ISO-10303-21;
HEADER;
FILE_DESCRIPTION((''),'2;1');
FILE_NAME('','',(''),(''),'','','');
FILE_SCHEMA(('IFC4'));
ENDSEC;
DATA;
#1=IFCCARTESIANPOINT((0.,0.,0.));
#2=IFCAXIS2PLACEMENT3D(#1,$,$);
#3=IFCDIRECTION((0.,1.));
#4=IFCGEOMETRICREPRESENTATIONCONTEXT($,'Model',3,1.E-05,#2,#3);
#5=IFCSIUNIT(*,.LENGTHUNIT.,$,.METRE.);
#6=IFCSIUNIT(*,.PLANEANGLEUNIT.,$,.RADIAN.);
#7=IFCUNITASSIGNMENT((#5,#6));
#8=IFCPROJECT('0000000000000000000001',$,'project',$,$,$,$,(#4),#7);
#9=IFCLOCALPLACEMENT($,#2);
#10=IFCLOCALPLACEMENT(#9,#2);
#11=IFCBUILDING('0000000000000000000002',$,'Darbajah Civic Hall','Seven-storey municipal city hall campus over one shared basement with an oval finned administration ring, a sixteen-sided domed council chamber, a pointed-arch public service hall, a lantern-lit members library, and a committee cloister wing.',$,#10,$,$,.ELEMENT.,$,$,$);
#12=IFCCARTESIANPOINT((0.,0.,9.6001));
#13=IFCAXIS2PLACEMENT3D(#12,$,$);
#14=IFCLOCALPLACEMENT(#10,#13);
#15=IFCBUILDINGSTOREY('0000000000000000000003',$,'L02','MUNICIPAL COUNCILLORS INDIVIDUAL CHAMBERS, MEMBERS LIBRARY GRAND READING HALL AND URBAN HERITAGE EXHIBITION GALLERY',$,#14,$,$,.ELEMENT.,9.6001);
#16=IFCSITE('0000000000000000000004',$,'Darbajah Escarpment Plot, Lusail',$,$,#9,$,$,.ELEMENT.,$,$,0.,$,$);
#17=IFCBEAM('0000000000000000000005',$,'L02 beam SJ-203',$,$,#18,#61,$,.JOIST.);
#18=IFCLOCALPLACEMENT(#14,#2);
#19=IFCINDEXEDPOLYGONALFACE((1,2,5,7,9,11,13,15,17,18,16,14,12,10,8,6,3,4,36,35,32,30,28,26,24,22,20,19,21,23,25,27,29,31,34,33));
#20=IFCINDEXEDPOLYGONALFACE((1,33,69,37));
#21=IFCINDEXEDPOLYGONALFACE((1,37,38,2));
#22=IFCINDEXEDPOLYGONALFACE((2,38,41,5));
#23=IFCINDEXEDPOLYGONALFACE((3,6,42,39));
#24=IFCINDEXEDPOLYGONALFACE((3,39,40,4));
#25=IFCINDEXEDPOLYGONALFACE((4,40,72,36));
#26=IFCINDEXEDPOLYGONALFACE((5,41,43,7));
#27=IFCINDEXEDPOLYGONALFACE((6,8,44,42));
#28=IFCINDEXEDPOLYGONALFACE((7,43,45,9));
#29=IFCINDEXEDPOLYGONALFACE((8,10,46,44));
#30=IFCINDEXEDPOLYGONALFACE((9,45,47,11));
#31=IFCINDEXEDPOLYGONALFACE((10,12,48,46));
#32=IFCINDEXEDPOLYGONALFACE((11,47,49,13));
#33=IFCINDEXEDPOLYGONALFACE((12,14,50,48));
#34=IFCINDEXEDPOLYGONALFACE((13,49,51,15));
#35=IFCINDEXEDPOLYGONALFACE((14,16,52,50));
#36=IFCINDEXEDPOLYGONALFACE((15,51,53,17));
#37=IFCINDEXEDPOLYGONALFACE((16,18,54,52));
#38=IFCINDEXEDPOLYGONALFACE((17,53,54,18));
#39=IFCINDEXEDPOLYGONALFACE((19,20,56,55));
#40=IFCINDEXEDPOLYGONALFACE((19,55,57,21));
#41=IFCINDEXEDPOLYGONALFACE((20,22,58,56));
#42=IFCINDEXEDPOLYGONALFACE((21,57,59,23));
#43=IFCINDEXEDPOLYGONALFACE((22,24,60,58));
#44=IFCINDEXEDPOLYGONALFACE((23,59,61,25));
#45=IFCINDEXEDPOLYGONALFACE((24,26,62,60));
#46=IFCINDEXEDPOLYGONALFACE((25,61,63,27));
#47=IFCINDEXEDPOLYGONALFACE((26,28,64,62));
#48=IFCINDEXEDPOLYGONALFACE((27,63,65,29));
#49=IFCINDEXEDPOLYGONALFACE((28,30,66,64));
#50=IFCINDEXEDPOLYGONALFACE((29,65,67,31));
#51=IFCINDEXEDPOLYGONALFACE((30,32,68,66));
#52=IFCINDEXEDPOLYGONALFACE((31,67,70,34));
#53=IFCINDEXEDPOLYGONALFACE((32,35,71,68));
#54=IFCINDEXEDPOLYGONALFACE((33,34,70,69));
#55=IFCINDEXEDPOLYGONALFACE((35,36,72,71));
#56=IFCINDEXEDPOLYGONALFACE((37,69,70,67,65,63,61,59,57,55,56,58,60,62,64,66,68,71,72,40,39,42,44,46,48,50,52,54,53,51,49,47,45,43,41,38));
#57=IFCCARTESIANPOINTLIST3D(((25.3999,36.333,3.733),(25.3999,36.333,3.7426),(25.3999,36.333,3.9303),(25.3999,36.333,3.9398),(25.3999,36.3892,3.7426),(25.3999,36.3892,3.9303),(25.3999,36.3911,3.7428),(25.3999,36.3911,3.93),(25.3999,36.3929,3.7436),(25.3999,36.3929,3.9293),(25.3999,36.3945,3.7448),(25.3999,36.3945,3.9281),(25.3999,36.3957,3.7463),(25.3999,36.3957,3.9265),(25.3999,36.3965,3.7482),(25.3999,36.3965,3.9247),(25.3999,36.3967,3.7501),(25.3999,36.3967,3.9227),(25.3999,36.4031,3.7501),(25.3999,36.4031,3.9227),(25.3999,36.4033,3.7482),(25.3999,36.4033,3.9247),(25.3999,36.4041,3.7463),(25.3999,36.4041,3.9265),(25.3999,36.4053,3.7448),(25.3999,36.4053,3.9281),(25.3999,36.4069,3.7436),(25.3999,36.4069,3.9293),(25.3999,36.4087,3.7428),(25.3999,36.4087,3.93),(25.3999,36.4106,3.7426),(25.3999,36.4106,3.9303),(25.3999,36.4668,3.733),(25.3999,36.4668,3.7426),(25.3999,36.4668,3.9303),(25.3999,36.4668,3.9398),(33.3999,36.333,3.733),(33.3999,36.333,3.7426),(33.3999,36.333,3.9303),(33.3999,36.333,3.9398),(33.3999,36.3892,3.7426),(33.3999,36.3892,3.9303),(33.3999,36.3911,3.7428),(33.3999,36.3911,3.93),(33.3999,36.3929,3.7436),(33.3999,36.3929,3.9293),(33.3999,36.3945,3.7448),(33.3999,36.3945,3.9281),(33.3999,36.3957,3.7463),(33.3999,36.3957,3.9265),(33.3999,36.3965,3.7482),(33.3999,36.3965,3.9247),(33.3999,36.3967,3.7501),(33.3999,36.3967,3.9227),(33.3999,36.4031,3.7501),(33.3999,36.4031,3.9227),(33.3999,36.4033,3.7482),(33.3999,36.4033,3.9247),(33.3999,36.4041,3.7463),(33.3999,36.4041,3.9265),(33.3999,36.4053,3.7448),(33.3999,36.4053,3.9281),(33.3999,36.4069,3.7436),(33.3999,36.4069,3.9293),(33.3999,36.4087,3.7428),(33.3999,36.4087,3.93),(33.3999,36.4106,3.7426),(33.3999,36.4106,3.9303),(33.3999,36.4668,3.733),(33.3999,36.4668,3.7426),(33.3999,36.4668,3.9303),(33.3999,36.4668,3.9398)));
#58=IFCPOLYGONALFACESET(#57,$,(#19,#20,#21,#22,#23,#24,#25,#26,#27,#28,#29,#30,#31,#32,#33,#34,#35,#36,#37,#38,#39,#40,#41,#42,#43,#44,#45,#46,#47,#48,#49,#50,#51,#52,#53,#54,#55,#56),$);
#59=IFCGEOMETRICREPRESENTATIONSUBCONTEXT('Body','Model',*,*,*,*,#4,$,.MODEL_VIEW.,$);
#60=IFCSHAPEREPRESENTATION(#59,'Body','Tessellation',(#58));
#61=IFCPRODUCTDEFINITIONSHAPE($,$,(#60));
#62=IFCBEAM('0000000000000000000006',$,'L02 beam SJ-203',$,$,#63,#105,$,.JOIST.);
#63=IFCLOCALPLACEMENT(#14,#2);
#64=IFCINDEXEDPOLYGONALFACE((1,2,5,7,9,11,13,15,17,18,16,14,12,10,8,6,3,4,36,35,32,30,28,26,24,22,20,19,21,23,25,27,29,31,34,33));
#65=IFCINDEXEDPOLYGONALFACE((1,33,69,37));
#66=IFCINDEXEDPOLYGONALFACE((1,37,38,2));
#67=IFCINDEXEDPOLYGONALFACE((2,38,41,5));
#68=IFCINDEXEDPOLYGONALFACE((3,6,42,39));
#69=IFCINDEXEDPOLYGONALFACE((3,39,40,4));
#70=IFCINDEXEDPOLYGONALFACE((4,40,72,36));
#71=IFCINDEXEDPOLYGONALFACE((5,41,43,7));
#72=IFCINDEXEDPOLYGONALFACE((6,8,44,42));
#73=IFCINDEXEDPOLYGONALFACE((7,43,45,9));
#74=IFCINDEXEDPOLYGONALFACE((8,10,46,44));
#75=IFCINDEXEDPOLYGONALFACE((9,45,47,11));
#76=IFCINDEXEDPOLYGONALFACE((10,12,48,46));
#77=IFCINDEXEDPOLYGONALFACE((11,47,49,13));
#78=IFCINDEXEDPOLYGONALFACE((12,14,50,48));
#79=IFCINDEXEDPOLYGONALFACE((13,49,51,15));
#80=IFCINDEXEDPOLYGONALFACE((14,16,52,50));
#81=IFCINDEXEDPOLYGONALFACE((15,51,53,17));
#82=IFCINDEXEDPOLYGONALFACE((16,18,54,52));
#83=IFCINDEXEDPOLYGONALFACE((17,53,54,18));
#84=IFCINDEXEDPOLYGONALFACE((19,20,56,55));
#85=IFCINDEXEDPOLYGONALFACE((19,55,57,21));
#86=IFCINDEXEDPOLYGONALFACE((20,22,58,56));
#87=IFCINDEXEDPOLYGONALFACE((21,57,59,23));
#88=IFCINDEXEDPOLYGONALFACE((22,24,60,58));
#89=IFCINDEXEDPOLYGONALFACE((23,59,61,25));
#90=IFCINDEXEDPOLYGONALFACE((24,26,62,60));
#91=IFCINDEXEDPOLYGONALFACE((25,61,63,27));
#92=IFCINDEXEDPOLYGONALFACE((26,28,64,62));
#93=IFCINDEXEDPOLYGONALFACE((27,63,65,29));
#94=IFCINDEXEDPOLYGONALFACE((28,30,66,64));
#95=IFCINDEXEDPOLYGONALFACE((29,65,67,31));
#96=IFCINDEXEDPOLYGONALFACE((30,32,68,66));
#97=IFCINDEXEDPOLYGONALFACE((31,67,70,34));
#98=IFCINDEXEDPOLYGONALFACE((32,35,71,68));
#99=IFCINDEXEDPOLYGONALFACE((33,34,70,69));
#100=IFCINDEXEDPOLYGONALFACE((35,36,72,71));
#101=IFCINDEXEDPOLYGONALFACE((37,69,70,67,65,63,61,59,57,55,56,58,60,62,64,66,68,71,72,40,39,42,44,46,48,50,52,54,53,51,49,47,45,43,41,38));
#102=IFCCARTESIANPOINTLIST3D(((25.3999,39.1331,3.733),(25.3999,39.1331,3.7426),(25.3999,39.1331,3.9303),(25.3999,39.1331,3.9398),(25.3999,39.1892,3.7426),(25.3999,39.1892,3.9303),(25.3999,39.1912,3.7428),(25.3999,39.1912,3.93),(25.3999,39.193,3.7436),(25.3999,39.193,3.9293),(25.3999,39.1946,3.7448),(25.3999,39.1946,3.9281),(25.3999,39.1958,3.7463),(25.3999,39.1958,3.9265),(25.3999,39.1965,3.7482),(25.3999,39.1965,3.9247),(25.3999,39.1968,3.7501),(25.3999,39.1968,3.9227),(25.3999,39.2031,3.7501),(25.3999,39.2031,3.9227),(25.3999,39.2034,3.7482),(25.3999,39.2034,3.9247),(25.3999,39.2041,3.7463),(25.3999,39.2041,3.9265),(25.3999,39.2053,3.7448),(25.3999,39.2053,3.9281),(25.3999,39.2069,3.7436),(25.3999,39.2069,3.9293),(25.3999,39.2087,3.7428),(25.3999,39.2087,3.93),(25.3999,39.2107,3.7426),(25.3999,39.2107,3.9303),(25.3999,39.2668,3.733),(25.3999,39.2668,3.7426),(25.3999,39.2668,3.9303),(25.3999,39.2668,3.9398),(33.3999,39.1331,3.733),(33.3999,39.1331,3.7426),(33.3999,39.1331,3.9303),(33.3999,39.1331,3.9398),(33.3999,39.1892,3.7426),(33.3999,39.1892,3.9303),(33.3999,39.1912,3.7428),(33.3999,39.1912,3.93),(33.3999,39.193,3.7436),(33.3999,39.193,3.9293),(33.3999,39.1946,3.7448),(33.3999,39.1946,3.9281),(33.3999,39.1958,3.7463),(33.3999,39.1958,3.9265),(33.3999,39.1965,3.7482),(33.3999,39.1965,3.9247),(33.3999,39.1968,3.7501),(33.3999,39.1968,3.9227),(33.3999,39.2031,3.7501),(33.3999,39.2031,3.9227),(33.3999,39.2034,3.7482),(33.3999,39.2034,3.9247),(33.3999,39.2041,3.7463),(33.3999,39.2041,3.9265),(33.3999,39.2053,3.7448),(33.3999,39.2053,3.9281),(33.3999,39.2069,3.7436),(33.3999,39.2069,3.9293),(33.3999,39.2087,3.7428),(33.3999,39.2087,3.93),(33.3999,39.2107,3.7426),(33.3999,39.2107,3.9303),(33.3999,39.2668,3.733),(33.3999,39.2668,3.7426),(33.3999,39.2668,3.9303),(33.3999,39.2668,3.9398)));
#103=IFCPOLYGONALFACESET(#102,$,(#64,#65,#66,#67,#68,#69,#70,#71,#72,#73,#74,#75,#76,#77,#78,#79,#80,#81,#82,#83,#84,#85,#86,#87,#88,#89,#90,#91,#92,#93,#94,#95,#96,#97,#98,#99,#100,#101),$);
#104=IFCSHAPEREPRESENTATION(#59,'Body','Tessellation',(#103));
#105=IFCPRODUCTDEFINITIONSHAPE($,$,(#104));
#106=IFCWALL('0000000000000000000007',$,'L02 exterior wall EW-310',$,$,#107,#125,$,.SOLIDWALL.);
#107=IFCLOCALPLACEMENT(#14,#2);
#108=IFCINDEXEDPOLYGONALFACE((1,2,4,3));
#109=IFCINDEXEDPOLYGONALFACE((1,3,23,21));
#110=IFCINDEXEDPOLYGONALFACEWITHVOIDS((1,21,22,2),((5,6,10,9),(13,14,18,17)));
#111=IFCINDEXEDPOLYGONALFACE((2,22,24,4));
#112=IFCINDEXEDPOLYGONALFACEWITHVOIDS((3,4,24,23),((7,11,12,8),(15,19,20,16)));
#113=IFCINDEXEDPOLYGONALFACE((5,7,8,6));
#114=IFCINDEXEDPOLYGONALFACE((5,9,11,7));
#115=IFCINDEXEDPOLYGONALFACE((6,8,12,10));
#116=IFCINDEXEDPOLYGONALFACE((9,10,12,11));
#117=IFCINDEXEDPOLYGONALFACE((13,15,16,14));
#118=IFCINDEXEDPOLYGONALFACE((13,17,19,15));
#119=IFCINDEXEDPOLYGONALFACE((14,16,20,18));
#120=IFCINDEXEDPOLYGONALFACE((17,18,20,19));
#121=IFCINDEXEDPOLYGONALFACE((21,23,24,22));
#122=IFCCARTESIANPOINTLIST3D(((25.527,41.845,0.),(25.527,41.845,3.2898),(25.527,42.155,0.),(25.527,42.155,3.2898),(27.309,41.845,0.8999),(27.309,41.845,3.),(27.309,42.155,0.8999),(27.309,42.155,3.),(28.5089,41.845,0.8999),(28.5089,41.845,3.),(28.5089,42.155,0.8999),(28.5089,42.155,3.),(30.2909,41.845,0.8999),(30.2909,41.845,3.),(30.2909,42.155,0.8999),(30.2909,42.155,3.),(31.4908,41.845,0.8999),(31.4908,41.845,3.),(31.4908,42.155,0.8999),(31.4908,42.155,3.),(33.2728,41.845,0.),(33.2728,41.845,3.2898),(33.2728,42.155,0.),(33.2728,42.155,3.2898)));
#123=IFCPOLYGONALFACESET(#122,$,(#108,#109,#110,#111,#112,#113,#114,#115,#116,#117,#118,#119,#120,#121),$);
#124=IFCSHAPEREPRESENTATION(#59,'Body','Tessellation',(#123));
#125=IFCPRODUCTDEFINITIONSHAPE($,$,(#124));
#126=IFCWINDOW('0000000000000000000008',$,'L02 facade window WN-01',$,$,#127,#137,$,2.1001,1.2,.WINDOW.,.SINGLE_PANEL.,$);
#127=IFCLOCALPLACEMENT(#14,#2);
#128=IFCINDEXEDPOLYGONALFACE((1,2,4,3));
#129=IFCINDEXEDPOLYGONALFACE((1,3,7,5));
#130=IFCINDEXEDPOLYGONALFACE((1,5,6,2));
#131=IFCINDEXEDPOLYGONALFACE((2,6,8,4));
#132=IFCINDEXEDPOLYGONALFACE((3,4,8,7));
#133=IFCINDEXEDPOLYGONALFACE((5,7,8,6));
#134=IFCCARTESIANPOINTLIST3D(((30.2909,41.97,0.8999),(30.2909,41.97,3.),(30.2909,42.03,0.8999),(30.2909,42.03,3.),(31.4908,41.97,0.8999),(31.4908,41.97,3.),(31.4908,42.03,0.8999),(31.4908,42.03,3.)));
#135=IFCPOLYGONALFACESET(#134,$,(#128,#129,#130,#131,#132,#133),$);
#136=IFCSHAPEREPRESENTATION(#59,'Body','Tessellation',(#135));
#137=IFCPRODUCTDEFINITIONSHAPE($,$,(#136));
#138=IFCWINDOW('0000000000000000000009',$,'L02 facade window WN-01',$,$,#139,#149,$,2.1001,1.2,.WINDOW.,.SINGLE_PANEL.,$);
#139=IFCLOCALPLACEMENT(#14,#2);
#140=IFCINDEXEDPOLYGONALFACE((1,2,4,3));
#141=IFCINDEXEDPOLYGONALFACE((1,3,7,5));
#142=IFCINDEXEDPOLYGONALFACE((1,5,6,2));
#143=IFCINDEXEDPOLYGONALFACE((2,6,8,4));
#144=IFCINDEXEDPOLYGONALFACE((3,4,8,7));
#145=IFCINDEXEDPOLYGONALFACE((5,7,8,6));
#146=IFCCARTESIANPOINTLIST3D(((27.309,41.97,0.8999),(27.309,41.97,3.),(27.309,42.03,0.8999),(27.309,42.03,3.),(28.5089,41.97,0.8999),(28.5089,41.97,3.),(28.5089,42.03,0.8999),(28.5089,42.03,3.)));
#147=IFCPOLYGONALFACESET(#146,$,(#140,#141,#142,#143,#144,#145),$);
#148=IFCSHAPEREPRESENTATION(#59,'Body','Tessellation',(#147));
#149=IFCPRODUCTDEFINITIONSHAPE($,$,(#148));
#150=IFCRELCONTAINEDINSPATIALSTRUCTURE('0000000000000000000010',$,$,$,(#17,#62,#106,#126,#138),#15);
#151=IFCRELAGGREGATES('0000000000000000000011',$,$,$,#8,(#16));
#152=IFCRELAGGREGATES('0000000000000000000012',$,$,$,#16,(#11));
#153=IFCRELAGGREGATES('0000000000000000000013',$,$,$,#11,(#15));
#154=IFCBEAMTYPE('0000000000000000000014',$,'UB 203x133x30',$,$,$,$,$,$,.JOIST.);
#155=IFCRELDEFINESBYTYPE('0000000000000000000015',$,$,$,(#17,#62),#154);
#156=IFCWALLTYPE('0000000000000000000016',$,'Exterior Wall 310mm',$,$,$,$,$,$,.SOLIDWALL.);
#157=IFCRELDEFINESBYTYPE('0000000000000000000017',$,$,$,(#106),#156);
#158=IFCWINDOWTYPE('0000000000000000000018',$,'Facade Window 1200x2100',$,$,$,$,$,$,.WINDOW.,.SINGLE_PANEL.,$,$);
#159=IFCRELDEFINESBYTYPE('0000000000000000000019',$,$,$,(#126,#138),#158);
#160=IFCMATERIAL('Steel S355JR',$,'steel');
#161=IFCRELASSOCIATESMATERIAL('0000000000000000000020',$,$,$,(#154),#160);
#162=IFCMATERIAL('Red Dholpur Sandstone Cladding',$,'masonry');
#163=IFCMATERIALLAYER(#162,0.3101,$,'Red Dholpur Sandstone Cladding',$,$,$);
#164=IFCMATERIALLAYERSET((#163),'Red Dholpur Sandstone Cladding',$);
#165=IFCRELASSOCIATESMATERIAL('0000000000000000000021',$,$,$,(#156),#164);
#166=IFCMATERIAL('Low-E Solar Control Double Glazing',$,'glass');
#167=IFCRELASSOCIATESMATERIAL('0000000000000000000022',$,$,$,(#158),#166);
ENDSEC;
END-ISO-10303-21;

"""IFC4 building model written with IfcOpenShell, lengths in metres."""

from ifc_helpers import new_model, si_unit, direction, frame, frame_2d, origin, origin_2d, place, context, subcontext, project, spatial, rectangle, i_section, extrude, material, layer, layer_set, material_profile, profile_set, type_object, element, fill, save


model = new_model("IFC4")

# Units and contexts
model_context = context("Model", 3, precision=1e-05, world=origin(), true_north=direction((0.0, 1.0)))
body_context = subcontext(model_context, "Body", "Model", "MODEL_VIEW")
ifc_project = project(units=[si_unit("LENGTHUNIT", "METRE"), si_unit("PLANEANGLEUNIT", "RADIAN")], contexts=[model_context])

# Site, building, storey
site_placement = place(None, origin())
site = spatial("IfcSite", under=ifc_project, at=site_placement, Name="Darbajah Escarpment Plot, Lusail", CompositionType="ELEMENT", RefElevation=0.0)
building_placement = place(site_placement, origin())
building = spatial("IfcBuilding", under=site, at=building_placement, Name="Darbajah Civic Hall", Description="Seven-storey municipal city hall campus over one shared basement with an oval finned administration ring, a sixteen-sided domed council chamber, a pointed-arch public service hall, a lantern-lit members library, and a committee cloister wing.", CompositionType="ELEMENT")
storey_placement = place(building_placement, frame((0.0, 0.0, 9.6001)))
storey = spatial("IfcBuildingStorey", under=building, at=storey_placement, Name="L02", Description="MUNICIPAL COUNCILLORS INDIVIDUAL CHAMBERS, MEMBERS LIBRARY GRAND READING HALL AND URBAN HERITAGE EXHIBITION GALLERY", CompositionType="ELEMENT", Elevation=9.6001)

# Beams
ifc_material_1 = material(Name="Steel S355JR", Category="steel")
ifc_material_profile_1 = material_profile(ifc_material_1, i_section(OverallWidth=0.1338, OverallDepth=0.2068, WebThickness=0.0063, FlangeThickness=0.0095, FilletRadius=0.0076, at=origin_2d()), Name="UB 203x133x30")
ifc_profile_set_1 = profile_set([ifc_material_profile_1], Name="Steel S355JR")
beam_type_1 = type_object("IfcBeamType", Name="UB 203x133x30", PredefinedType="JOIST", material=ifc_profile_set_1)
for number, where, z_axis, x_axis, name in (
    (1, (25.3999, 36.3999, 3.8364), (1.0, 0.0, 0.0), (0.0, 1.0, 0.0), "L02 beam SJ-203"),
    (2, (25.3999, 39.2, 3.8364), (1.0, 0.0, 0.0), (0.0, 1.0, 0.0), "L02 beam SJ-203"),
):
    element("IfcBeam", number, at=place(storey_placement, frame(where, z_axis=z_axis, x_axis=x_axis)), inside=storey, type_object=beam_type_1, Name=name, PredefinedType="JOIST", context=body_context, shape_type="SweptSolid", body=[
        extrude(i_section(OverallWidth=0.1338, OverallDepth=0.2068, WebThickness=0.0063, FlangeThickness=0.0095, FilletRadius=0.0076, at=origin_2d()), origin(), (0.0, 0.0, 1.0), 8.0),
    ])

# Wall, openings, windows
ifc_material_2 = material(Name="Red Dholpur Sandstone Cladding", Category="masonry")
ifc_layer = layer(ifc_material_2, 0.3101, Name="Red Dholpur Sandstone Cladding")
ifc_layer_set = layer_set([ifc_layer], Name="Red Dholpur Sandstone Cladding")
wall_type = type_object("IfcWallType", Name="Exterior Wall 310mm", PredefinedType="SOLIDWALL", material=ifc_layer_set)
wall_1_placement = place(storey_placement, frame((33.2729, 42.0, 0.0), z_axis=(0.0, 0.0, 1.0), x_axis=(-1.0, 0.0, 0.0)))
wall_1 = element("IfcWall", 3, at=wall_1_placement, inside=storey, type_object=wall_type, Name="L02 exterior wall EW-310", PredefinedType="SOLIDWALL", context=body_context, shape_type="SweptSolid", body=[
    extrude(rectangle(XDim=7.7458, YDim=0.3101, at=frame_2d((3.873, 0.0))), origin(), (0.0, 0.0, 1.0), 3.2898),
])
opening_1_placement = place(wall_1_placement, frame((1.782, 0.0, 0.8999)))
opening_1 = element("IfcOpeningElement", 4, at=opening_1_placement, cuts=wall_1, PredefinedType="OPENING", context=body_context, shape_type="SweptSolid", body=[
    extrude(rectangle(XDim=1.2, YDim=2.1001, at=frame_2d((0.6001, 1.05))), frame((0.0, 0.165, 0.0), z_axis=(0.0, -1.0, 0.0), x_axis=(1.0, 0.0, 0.0)), (0.0, 0.0, 1.0), 0.3301),
])
opening_2_placement = place(wall_1_placement, frame((4.7639, 0.0, 0.8999)))
opening_2 = element("IfcOpeningElement", 5, at=opening_2_placement, cuts=wall_1, PredefinedType="OPENING", context=body_context, shape_type="SweptSolid", body=[
    extrude(rectangle(XDim=1.2, YDim=2.1001, at=frame_2d((0.6001, 1.05))), frame((0.0, 0.165, 0.0), z_axis=(0.0, -1.0, 0.0), x_axis=(1.0, 0.0, 0.0)), (0.0, 0.0, 1.0), 0.3301),
])
ifc_material_3 = material(Name="Low-E Solar Control Double Glazing", Category="glass")
window_type_1 = type_object("IfcWindowType", Name="Facade Window 1200x2100", PartitioningType="SINGLE_PANEL", PredefinedType="WINDOW", material=ifc_material_3)
window_1_placement = place(opening_1_placement, origin())
window_1 = element("IfcWindow", 6, at=window_1_placement, inside=storey, type_object=window_type_1, Name="L02 facade window WN-01", OverallHeight=2.1001, OverallWidth=1.2, PartitioningType="SINGLE_PANEL", PredefinedType="WINDOW", context=body_context, shape_type="SweptSolid", body=[
    extrude(rectangle(XDim=1.2, YDim=2.1001, at=frame_2d((0.6001, 1.05))), frame((0.0, 0.03, 0.0), z_axis=(0.0, -1.0, 0.0), x_axis=(1.0, 0.0, 0.0)), (0.0, 0.0, 1.0), 0.0601),
])
fill(opening_1, window_1)
window_2_placement = place(opening_2_placement, origin())
window_2 = element("IfcWindow", 7, at=window_2_placement, inside=storey, type_object=window_type_1, Name="L02 facade window WN-01", OverallHeight=2.1001, OverallWidth=1.2, PartitioningType="SINGLE_PANEL", PredefinedType="WINDOW", context=body_context, shape_type="SweptSolid", body=[
    extrude(rectangle(XDim=1.2, YDim=2.1001, at=frame_2d((0.6001, 1.05))), frame((0.0, 0.03, 0.0), z_axis=(0.0, -1.0, 0.0), x_axis=(1.0, 0.0, 0.0)), (0.0, 0.0, 1.0), 0.0601),
])
fill(opening_2, window_2)

save(model, "model.ifc")
